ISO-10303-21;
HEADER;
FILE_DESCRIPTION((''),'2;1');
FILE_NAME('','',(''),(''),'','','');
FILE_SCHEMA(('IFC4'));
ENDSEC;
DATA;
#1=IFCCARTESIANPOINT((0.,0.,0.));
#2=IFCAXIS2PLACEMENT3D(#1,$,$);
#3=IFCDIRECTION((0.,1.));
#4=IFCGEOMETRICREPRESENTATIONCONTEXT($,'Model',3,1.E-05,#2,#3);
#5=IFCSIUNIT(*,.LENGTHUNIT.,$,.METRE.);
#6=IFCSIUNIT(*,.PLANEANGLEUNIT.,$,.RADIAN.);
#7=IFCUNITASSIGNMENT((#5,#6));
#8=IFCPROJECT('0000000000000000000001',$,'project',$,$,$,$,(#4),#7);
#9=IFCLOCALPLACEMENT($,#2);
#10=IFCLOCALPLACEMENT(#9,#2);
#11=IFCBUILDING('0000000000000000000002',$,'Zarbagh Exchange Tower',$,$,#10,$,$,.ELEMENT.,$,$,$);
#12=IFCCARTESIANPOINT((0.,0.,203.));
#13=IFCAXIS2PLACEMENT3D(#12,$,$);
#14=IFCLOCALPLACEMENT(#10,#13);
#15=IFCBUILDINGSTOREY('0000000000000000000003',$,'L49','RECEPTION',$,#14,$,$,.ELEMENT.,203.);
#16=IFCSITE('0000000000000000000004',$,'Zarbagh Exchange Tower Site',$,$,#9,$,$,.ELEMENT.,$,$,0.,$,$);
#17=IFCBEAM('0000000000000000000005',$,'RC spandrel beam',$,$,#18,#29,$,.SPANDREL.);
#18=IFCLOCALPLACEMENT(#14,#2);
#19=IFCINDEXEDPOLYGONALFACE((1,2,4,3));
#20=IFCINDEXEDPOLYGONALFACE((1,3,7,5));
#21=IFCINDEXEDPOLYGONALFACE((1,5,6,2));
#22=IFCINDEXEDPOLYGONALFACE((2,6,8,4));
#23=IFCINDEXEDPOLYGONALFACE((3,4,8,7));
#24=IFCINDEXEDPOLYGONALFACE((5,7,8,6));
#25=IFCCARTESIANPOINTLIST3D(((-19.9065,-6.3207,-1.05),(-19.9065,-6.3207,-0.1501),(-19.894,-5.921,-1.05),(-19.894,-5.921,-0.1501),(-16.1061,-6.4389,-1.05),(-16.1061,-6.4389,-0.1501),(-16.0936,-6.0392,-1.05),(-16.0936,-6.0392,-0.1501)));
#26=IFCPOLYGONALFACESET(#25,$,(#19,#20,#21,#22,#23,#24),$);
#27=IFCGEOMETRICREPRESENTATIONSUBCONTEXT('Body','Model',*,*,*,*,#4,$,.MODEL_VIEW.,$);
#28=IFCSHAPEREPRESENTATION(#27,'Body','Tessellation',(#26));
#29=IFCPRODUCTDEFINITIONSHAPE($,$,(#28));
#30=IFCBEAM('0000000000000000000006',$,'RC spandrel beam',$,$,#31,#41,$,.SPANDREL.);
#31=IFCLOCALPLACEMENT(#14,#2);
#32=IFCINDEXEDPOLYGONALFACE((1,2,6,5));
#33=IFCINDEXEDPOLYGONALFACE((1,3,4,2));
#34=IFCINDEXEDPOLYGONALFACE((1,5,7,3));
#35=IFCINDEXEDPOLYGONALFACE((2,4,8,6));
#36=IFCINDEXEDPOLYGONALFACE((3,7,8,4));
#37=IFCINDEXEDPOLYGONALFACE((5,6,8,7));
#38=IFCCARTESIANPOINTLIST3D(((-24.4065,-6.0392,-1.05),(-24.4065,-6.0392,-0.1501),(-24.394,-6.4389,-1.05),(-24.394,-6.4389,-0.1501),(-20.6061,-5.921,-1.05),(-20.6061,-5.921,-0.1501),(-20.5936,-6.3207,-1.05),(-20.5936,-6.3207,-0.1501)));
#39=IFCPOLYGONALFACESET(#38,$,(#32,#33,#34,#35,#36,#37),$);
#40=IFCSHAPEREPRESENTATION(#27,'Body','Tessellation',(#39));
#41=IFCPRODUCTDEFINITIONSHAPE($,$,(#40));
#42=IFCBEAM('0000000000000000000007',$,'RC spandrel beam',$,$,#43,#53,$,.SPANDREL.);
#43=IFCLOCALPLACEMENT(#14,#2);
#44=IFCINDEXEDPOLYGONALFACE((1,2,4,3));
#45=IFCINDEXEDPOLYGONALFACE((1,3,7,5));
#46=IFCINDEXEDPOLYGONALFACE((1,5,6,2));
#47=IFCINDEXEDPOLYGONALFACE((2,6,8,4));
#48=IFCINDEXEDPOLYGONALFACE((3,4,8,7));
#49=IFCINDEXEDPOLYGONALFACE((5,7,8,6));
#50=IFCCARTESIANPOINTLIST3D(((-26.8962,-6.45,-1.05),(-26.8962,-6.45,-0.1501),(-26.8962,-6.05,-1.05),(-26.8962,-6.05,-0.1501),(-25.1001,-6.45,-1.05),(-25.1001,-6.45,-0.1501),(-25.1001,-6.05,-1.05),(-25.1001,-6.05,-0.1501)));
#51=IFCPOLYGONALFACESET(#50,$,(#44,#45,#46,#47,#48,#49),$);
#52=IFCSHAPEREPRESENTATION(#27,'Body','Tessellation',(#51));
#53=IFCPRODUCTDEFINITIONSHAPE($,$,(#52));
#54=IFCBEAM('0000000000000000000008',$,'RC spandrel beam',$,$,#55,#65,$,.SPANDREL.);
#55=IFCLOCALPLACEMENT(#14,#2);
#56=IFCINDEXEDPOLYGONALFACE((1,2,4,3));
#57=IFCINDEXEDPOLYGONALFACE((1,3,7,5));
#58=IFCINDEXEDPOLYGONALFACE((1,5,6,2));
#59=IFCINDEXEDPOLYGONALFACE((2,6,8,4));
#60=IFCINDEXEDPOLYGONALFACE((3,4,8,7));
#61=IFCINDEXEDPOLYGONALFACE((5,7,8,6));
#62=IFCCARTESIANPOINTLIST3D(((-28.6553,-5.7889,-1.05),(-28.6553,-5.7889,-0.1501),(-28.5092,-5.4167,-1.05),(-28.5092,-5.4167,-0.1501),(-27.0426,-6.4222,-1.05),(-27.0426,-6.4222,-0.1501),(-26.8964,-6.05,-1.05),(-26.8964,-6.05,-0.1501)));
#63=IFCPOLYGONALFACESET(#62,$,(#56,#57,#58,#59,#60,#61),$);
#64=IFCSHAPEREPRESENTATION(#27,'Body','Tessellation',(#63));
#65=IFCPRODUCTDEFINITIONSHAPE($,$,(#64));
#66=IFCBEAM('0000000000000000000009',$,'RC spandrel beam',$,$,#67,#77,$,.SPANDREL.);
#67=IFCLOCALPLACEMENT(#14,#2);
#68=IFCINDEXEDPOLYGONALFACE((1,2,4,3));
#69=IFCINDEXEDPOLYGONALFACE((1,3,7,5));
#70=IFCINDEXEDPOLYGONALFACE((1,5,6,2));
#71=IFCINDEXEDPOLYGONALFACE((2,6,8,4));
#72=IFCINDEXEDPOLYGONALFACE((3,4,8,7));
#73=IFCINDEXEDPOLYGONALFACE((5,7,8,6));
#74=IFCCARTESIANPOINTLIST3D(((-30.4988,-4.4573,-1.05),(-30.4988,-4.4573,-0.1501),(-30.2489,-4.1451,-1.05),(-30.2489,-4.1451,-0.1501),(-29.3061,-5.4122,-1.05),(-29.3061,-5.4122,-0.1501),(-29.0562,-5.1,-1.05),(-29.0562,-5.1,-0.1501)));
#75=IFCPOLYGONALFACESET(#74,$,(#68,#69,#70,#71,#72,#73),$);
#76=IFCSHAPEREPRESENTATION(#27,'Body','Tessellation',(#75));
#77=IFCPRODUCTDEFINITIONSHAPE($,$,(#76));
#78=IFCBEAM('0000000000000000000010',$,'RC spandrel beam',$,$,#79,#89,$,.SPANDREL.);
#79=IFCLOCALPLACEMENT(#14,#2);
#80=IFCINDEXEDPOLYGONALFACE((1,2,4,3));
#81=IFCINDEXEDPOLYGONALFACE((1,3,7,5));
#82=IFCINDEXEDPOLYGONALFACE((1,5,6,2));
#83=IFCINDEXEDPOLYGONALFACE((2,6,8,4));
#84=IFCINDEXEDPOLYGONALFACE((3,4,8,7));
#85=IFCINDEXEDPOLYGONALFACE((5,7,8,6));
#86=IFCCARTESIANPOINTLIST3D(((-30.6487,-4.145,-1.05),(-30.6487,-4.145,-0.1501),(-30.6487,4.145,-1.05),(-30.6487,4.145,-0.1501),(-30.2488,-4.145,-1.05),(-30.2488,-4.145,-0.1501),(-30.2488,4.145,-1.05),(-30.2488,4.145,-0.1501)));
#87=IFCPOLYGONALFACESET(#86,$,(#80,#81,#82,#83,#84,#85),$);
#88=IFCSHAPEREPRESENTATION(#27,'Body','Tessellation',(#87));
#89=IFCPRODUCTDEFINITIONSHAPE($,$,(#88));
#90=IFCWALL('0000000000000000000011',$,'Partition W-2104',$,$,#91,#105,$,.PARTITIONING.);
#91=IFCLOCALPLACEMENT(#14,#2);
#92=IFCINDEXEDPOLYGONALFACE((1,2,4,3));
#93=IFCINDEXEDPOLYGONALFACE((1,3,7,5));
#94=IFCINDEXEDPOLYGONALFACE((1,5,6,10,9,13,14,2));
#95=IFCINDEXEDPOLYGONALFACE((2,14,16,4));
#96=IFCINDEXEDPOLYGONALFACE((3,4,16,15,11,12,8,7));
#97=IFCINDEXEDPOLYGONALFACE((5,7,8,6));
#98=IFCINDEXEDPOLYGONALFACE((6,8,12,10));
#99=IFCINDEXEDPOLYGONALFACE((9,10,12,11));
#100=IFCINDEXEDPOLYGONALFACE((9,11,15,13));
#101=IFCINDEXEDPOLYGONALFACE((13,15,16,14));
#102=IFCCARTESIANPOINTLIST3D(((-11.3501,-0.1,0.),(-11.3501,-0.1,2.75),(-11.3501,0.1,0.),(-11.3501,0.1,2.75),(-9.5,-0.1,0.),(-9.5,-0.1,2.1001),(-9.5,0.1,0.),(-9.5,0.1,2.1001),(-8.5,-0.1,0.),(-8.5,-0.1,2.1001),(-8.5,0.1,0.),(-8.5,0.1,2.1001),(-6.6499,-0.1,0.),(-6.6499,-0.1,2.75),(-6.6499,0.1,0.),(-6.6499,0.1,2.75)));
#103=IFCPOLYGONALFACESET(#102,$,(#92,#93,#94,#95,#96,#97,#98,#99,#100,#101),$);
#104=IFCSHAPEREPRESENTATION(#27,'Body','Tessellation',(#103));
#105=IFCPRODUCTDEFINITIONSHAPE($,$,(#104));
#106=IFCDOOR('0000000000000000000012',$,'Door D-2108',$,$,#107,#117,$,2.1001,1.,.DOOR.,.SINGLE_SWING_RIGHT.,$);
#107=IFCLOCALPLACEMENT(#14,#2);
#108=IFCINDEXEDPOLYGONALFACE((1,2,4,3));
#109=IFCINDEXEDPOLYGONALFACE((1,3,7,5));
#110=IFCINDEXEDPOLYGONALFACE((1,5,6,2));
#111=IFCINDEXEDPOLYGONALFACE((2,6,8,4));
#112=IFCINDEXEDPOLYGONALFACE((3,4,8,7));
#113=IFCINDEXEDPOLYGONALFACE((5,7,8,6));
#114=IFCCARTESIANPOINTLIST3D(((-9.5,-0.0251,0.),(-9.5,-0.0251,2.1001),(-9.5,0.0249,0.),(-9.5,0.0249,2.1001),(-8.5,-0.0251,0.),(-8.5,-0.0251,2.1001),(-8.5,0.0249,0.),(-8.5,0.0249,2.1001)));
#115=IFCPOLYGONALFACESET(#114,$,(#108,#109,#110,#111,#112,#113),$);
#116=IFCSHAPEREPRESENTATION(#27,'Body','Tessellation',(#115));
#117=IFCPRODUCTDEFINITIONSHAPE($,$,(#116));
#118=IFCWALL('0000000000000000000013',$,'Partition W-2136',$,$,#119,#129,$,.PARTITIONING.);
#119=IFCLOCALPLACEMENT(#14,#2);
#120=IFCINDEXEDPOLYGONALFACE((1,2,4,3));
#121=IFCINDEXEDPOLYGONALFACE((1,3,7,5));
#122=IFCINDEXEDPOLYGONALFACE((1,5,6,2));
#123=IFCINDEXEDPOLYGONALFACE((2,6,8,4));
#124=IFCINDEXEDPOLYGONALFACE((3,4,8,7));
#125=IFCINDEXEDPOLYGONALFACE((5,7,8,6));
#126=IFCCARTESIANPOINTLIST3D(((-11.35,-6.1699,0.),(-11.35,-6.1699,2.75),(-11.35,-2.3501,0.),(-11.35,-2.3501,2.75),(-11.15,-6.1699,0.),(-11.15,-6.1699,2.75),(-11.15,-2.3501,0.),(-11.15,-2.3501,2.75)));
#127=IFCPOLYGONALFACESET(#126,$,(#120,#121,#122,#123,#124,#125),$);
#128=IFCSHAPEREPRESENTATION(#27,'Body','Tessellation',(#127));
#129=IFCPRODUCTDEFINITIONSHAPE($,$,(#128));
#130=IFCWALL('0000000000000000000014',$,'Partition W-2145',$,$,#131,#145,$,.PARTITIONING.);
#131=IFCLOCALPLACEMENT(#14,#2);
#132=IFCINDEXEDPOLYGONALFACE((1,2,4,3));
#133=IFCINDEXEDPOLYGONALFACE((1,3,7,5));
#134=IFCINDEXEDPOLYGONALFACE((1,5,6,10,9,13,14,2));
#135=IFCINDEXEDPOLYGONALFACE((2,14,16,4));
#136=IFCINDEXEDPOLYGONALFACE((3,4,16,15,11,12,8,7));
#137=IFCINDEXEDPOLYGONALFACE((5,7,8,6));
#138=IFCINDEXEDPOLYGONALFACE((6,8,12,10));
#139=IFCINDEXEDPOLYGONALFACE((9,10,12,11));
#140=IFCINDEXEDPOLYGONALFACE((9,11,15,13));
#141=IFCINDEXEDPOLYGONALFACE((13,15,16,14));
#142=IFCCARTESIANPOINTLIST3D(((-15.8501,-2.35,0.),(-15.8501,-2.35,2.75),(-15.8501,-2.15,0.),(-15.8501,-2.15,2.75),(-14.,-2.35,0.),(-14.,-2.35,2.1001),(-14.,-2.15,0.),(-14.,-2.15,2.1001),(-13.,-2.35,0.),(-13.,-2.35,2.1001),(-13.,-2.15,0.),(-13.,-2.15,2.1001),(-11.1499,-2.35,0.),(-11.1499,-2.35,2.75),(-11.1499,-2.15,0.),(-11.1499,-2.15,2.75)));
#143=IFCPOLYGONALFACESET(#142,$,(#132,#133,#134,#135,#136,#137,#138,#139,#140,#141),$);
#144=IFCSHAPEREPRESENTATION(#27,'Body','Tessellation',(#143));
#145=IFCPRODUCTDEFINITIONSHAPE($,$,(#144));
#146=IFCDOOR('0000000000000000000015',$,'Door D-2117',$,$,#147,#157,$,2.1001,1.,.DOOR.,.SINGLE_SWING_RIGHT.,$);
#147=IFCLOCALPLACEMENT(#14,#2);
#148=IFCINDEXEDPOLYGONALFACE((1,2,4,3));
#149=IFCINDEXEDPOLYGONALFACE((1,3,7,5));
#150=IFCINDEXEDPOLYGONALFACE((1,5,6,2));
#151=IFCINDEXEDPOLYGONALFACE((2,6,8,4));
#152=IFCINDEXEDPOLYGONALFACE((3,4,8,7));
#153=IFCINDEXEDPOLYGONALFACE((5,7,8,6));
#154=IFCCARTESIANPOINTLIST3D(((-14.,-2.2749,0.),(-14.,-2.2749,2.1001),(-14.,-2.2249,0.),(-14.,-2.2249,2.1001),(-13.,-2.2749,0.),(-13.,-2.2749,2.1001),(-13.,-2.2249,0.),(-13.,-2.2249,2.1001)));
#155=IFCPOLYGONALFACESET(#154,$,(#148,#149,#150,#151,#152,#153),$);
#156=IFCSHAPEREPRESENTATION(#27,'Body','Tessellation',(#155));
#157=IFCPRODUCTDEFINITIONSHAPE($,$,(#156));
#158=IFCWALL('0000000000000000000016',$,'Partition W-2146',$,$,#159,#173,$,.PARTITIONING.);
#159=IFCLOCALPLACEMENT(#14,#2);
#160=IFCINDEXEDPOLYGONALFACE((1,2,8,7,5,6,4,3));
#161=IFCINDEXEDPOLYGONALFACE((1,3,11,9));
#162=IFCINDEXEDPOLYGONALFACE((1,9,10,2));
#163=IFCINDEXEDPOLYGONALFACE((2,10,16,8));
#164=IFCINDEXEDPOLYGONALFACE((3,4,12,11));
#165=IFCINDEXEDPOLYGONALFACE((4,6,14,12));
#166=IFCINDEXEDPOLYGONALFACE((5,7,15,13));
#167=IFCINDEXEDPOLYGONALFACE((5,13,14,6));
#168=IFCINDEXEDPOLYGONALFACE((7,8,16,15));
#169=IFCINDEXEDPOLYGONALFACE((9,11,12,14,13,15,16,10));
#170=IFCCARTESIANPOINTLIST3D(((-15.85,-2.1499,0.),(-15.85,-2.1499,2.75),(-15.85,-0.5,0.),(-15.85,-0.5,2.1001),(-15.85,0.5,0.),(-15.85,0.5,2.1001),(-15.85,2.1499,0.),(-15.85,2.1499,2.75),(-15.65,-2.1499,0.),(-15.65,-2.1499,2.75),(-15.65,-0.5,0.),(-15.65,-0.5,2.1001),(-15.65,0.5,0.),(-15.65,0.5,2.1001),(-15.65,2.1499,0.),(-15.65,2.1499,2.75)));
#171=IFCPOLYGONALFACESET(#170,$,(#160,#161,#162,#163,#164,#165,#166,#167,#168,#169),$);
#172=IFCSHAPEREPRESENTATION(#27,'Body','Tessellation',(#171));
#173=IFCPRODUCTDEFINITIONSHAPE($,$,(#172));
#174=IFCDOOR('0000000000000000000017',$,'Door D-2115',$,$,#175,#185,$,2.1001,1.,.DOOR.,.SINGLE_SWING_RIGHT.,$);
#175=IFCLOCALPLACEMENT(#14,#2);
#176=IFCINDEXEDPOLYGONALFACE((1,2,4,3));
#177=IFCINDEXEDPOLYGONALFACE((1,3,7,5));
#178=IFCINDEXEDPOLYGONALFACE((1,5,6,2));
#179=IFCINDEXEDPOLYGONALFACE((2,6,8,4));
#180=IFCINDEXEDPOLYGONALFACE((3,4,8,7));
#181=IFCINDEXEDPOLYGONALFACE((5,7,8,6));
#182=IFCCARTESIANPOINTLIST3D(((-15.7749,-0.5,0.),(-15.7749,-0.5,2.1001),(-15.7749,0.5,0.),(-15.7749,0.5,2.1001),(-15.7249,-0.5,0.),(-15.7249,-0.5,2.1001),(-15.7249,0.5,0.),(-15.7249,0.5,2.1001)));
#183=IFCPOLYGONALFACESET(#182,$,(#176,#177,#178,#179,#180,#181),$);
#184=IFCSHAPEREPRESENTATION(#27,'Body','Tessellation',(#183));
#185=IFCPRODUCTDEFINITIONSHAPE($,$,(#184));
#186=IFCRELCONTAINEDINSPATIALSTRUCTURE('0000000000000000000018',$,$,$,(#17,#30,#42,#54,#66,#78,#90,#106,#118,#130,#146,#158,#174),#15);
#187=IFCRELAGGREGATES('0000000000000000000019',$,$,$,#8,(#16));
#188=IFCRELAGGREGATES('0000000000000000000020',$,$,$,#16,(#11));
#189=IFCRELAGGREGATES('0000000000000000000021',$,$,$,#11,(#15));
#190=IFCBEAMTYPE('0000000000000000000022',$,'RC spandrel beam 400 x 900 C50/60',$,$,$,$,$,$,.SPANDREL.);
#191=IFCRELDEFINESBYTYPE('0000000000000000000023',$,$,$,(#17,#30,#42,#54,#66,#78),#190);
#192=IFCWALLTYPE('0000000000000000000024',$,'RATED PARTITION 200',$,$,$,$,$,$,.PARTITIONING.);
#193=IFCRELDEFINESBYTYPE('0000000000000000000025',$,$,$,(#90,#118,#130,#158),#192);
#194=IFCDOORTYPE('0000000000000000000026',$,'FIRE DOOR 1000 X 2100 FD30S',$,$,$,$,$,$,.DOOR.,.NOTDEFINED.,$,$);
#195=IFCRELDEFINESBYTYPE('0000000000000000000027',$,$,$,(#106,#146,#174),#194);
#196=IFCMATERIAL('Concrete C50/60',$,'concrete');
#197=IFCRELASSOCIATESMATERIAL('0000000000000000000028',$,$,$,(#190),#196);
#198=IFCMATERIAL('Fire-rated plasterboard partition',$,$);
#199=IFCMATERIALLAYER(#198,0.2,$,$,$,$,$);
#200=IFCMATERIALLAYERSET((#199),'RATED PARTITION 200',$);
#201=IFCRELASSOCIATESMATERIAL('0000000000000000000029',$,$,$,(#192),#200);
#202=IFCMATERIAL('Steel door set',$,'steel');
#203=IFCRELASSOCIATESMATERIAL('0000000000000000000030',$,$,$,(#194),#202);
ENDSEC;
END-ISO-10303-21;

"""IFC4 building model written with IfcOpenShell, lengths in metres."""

from ifc_helpers import new_model, si_unit, direction, frame, frame_2d, origin, origin_2d, place, context, subcontext, project, spatial, rectangle, extrude, material, layer, layer_set, material_profile, profile_set, type_object, element, fill, save


model = new_model("IFC4")

# Units and contexts
model_context = context("Model", 3, precision=1e-05, world=origin(), true_north=direction((0.0, 1.0)))
body_context = subcontext(model_context, "Body", "Model", "MODEL_VIEW")
ifc_project = project(units=[si_unit("LENGTHUNIT", "METRE"), si_unit("PLANEANGLEUNIT", "RADIAN")], contexts=[model_context])

# Site, building, storey
site_placement = place(None, origin())
site = spatial("IfcSite", under=ifc_project, at=site_placement, Name="Zarbagh Exchange Tower Site", CompositionType="ELEMENT", RefElevation=0.0)
building_placement = place(site_placement, origin())
building = spatial("IfcBuilding", under=site, at=building_placement, Name="Zarbagh Exchange Tower", CompositionType="ELEMENT")
storey_placement = place(building_placement, frame((0.0, 0.0, 203.0)))
storey = spatial("IfcBuildingStorey", under=building, at=storey_placement, Name="L49", Description="RECEPTION", CompositionType="ELEMENT", Elevation=203.0)

# Shared definitions
ifc_material_1 = material(Name="Concrete C50/60", Category="concrete")

# Beams
ifc_material_profile_1 = material_profile(ifc_material_1, rectangle(XDim=0.3999, YDim=0.8999, at=origin_2d()), Name="RC spandrel beam 400 x 900 C50/60")
ifc_profile_set_1 = profile_set([ifc_material_profile_1], Name="Concrete C50/60")
beam_type_1 = type_object("IfcBeamType", Name="RC spandrel beam 400 x 900 C50/60", PredefinedType="SPANDREL", material=ifc_profile_set_1)
for number, where, z_axis, x_axis, name in (
    (1, (-16.0999, -6.239, -0.6001), (-0.999517, 0.031078, 0.0), (-0.031078, -0.999517, 0.0), "RC spandrel beam"),
    (2, (-20.5999, -6.1208, -0.6001), (-0.999517, -0.031078, 0.0), (0.031078, -0.999517, 0.0), "RC spandrel beam"),
):
    element("IfcBeam", number, at=place(storey_placement, frame(where, z_axis=z_axis, x_axis=x_axis)), inside=storey, type_object=beam_type_1, Name=name, PredefinedType="SPANDREL", context=body_context, shape_type="SweptSolid", body=[
        extrude(rectangle(XDim=0.3999, YDim=0.8999, at=origin_2d()), origin(), (0.0, 0.0, 1.0), 3.8022),
    ])
beam_1_placement = place(storey_placement, frame((-25.1001, -6.25, -0.6001), z_axis=(-1.0, 0.0, 0.0), x_axis=(0.0, -1.0, 0.0)))
element("IfcBeam", 3, at=beam_1_placement, inside=storey, type_object=beam_type_1, Name="RC spandrel beam", PredefinedType="SPANDREL", context=body_context, shape_type="SweptSolid", body=[
    extrude(rectangle(XDim=0.3999, YDim=0.8999, at=origin_2d()), origin(), (0.0, 0.0, 1.0), 1.7961),
])
beam_2_placement = place(storey_placement, frame((-26.9695, -6.2361, -0.6001), z_axis=(-0.93081, 0.365504, 0.0), x_axis=(-0.365504, -0.93081, 0.0)))
element("IfcBeam", 4, at=beam_2_placement, inside=storey, type_object=beam_type_1, Name="RC spandrel beam", PredefinedType="SPANDREL", context=body_context, shape_type="SweptSolid", body=[
    extrude(rectangle(XDim=0.3999, YDim=0.8999, at=origin_2d()), origin(), (0.0, 0.0, 1.0), 1.7327),
])
beam_3_placement = place(storey_placement, frame((-29.1812, -5.2561, -0.6001), z_axis=(-0.780635, 0.624987, 0.0), x_axis=(-0.624987, -0.780635, 0.0)))
element("IfcBeam", 5, at=beam_3_placement, inside=storey, type_object=beam_type_1, Name="RC spandrel beam", PredefinedType="SPANDREL", context=body_context, shape_type="SweptSolid", body=[
    extrude(rectangle(XDim=0.3999, YDim=0.8999, at=origin_2d()), origin(), (0.0, 0.0, 1.0), 1.5278),
])
beam_4_placement = place(storey_placement, frame((-30.4487, -4.145, -0.6001), z_axis=(0.0, 1.0, 0.0), x_axis=(-1.0, 0.0, 0.0)))
element("IfcBeam", 6, at=beam_4_placement, inside=storey, type_object=beam_type_1, Name="RC spandrel beam", PredefinedType="SPANDREL", context=body_context, shape_type="SweptSolid", body=[
    extrude(rectangle(XDim=0.3999, YDim=0.8999, at=origin_2d()), origin(), (0.0, 0.0, 1.0), 8.29),
])

# Wall, opening, door
ifc_material_2 = material(Name="Fire-rated plasterboard partition")
ifc_layer = layer(ifc_material_2, 0.2)
ifc_layer_set = layer_set([ifc_layer], Name="RATED PARTITION 200")
wall_type = type_object("IfcWallType", Name="RATED PARTITION 200", PredefinedType="PARTITIONING", material=ifc_layer_set)
wall_1_placement = place(storey_placement, frame((-11.3501, 0.0, 0.0), z_axis=(0.0, 0.0, 1.0), x_axis=(1.0, 0.0, 0.0)))
wall_1 = element("IfcWall", 7, at=wall_1_placement, inside=storey, type_object=wall_type, Name="Partition W-2104", PredefinedType="PARTITIONING", context=body_context, shape_type="SweptSolid", body=[
    extrude(rectangle(XDim=4.7002, YDim=0.2, at=frame_2d((2.3501, 0.0))), origin(), (0.0, 0.0, 1.0), 2.75),
])
opening_1_placement = place(wall_1_placement, frame((1.8501, 0.0, 0.0)))
opening_1 = element("IfcOpeningElement", 8, at=opening_1_placement, cuts=wall_1, PredefinedType="OPENING", context=body_context, shape_type="SweptSolid", body=[
    extrude(rectangle(XDim=1.0, YDim=2.1001, at=frame_2d((0.5, 1.05))), frame((0.0, 0.1099, 0.0), z_axis=(0.0, -1.0, 0.0), x_axis=(1.0, 0.0, 0.0)), (0.0, 0.0, 1.0), 0.22),
])
ifc_material_3 = material(Name="Steel door set", Category="steel")
door_type = type_object("IfcDoorType", Name="FIRE DOOR 1000 X 2100 FD30S", OperationType="NOTDEFINED", PredefinedType="DOOR", material=ifc_material_3)
door_1_placement = place(opening_1_placement, origin())
door_1 = element("IfcDoor", 9, at=door_1_placement, inside=storey, type_object=door_type, Name="Door D-2108", OperationType="SINGLE_SWING_RIGHT", OverallHeight=2.1001, OverallWidth=1.0, PredefinedType="DOOR", context=body_context, shape_type="SweptSolid", body=[
    extrude(rectangle(XDim=1.0, YDim=2.1001, at=frame_2d((0.5, 1.05))), frame((0.0, 0.0249, 0.0), z_axis=(0.0, -1.0, 0.0), x_axis=(1.0, 0.0, 0.0)), (0.0, 0.0, 1.0), 0.05),
])
fill(opening_1, door_1)

# Wall
wall_2_placement = place(storey_placement, frame((-11.25, -6.1699, 0.0), z_axis=(0.0, 0.0, 1.0), x_axis=(0.0, 1.0, 0.0)))
element("IfcWall", 10, at=wall_2_placement, inside=storey, type_object=wall_type, Name="Partition W-2136", PredefinedType="PARTITIONING", context=body_context, shape_type="SweptSolid", body=[
    extrude(rectangle(XDim=3.8198, YDim=0.2, at=frame_2d((1.9099, 0.0))), origin(), (0.0, 0.0, 1.0), 2.75),
])

# Walls, openings, doors
wall_3_placement = place(storey_placement, frame((-11.1499, -2.25, 0.0), z_axis=(0.0, 0.0, 1.0), x_axis=(-1.0, 0.0, 0.0)))
wall_3 = element("IfcWall", 11, at=wall_3_placement, inside=storey, type_object=wall_type, Name="Partition W-2145", PredefinedType="PARTITIONING", context=body_context, shape_type="SweptSolid", body=[
    extrude(rectangle(XDim=4.7002, YDim=0.2, at=frame_2d((2.3501, 0.0))), origin(), (0.0, 0.0, 1.0), 2.75),
])
opening_2_placement = place(wall_3_placement, frame((1.8501, 0.0, 0.0)))
opening_2 = element("IfcOpeningElement", 12, at=opening_2_placement, cuts=wall_3, PredefinedType="OPENING", context=body_context, shape_type="SweptSolid", body=[
    extrude(rectangle(XDim=1.0, YDim=2.1001, at=frame_2d((0.5, 1.05))), frame((0.0, 0.1099, 0.0), z_axis=(0.0, -1.0, 0.0), x_axis=(1.0, 0.0, 0.0)), (0.0, 0.0, 1.0), 0.22),
])
door_2_placement = place(opening_2_placement, origin())
door_2 = element("IfcDoor", 13, at=door_2_placement, inside=storey, type_object=door_type, Name="Door D-2117", OperationType="SINGLE_SWING_RIGHT", OverallHeight=2.1001, OverallWidth=1.0, PredefinedType="DOOR", context=body_context, shape_type="SweptSolid", body=[
    extrude(rectangle(XDim=1.0, YDim=2.1001, at=frame_2d((0.5, 1.05))), frame((0.0, 0.0249, 0.0), z_axis=(0.0, -1.0, 0.0), x_axis=(1.0, 0.0, 0.0)), (0.0, 0.0, 1.0), 0.05),
])
fill(opening_2, door_2)
wall_4_placement = place(storey_placement, frame((-15.75, -2.1499, 0.0), z_axis=(0.0, 0.0, 1.0), x_axis=(0.0, 1.0, 0.0)))
wall_4 = element("IfcWall", 14, at=wall_4_placement, inside=storey, type_object=wall_type, Name="Partition W-2146", PredefinedType="PARTITIONING", context=body_context, shape_type="SweptSolid", body=[
    extrude(rectangle(XDim=4.2998, YDim=0.2, at=frame_2d((2.1499, 0.0))), origin(), (0.0, 0.0, 1.0), 2.75),
])
opening_3_placement = place(wall_4_placement, frame((1.6499, 0.0, 0.0)))
opening_3 = element("IfcOpeningElement", 15, at=opening_3_placement, cuts=wall_4, PredefinedType="OPENING", context=body_context, shape_type="SweptSolid", body=[
    extrude(rectangle(XDim=1.0, YDim=2.1001, at=frame_2d((0.5, 1.05))), frame((0.0, 0.1099, 0.0), z_axis=(0.0, -1.0, 0.0), x_axis=(1.0, 0.0, 0.0)), (0.0, 0.0, 1.0), 0.22),
])
door_3_placement = place(opening_3_placement, origin())
door_3 = element("IfcDoor", 16, at=door_3_placement, inside=storey, type_object=door_type, Name="Door D-2115", OperationType="SINGLE_SWING_RIGHT", OverallHeight=2.1001, OverallWidth=1.0, PredefinedType="DOOR", context=body_context, shape_type="SweptSolid", body=[
    extrude(rectangle(XDim=1.0, YDim=2.1001, at=frame_2d((0.5, 1.05))), frame((0.0, 0.0249, 0.0), z_axis=(0.0, -1.0, 0.0), x_axis=(1.0, 0.0, 0.0)), (0.0, 0.0, 1.0), 0.05),
])
fill(opening_3, door_3)

save(model, "model.ifc")
